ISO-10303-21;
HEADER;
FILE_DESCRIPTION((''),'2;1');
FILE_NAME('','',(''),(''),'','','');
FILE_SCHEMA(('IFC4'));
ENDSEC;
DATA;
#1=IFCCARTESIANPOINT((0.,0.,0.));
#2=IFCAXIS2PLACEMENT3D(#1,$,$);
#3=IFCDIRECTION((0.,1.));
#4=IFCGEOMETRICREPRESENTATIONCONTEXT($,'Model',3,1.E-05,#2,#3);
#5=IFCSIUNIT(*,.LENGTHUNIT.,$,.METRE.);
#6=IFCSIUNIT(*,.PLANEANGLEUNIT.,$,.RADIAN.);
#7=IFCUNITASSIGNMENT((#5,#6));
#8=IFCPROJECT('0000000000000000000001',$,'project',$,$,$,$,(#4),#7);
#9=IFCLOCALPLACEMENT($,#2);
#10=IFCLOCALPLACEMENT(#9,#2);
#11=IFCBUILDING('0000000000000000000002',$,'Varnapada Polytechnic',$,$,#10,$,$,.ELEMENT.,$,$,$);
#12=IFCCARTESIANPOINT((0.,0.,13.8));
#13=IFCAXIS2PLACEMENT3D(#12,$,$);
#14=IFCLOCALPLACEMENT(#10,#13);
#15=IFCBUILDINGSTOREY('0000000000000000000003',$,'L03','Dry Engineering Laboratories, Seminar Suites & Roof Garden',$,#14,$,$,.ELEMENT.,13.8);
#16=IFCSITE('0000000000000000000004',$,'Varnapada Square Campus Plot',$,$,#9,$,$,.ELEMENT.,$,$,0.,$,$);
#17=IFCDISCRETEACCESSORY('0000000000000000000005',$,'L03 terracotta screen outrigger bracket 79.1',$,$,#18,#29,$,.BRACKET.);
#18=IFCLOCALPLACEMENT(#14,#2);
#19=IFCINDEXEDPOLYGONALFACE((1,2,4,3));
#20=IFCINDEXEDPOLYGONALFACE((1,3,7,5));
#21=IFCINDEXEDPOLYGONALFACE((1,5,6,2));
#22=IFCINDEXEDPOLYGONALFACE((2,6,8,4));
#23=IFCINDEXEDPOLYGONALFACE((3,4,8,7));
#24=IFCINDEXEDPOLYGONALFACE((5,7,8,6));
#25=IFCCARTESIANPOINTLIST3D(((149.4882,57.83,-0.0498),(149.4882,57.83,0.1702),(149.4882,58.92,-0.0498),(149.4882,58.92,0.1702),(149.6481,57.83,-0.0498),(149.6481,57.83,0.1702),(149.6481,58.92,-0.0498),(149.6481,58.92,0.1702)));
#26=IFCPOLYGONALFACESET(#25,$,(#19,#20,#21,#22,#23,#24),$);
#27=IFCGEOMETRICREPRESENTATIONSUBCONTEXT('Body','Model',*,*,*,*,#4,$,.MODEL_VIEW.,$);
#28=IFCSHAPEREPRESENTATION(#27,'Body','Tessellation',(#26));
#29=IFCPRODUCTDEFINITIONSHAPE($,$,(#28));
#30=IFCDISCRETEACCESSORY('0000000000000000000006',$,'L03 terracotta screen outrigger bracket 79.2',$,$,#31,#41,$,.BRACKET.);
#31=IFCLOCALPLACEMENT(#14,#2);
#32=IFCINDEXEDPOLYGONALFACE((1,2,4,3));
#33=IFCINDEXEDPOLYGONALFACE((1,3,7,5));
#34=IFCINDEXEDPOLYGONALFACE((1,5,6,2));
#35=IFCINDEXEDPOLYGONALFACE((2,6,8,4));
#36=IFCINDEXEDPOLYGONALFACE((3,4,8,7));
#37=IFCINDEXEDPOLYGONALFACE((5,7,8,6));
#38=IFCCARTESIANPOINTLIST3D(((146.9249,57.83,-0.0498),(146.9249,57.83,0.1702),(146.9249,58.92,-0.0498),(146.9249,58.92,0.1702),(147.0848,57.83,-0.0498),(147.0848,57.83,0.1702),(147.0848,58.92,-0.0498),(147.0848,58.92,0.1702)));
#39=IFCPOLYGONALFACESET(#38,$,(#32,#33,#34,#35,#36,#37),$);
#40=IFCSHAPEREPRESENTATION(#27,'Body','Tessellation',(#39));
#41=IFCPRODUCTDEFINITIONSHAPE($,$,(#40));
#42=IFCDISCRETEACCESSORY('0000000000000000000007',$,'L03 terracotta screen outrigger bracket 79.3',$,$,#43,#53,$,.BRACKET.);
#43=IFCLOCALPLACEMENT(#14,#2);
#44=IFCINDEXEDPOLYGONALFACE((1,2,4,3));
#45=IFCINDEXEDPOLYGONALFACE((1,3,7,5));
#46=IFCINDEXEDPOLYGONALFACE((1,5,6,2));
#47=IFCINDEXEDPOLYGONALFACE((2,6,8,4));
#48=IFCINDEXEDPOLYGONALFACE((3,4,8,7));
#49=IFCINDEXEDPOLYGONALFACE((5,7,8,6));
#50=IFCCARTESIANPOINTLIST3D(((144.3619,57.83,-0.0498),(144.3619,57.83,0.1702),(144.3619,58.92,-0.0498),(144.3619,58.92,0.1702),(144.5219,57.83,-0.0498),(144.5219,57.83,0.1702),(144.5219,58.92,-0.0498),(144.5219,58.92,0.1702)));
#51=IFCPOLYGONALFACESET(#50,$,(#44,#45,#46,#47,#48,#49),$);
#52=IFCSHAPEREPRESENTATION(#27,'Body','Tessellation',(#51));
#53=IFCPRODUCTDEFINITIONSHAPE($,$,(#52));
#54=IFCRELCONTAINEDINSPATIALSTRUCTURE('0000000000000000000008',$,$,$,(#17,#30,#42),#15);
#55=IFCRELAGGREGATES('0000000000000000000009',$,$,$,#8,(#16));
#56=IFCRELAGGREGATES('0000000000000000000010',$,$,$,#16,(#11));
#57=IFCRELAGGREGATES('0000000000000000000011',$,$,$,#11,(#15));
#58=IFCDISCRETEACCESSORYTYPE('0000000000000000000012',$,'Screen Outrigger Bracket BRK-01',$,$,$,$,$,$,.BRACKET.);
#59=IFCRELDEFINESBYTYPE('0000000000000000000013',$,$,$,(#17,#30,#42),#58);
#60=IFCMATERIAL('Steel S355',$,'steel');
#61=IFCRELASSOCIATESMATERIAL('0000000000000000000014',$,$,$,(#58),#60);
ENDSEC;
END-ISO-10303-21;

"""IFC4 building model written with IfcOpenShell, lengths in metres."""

from ifc_helpers import new_model, si_unit, direction, frame, origin, origin_2d, place, context, subcontext, project, spatial, rectangle, extrude, material, type_object, element, save


model = new_model("IFC4")

# Units and contexts
model_context = context("Model", 3, precision=1e-05, world=origin(), true_north=direction((0.0, 1.0)))
body_context = subcontext(model_context, "Body", "Model", "MODEL_VIEW")
ifc_project = project(units=[si_unit("LENGTHUNIT", "METRE"), si_unit("PLANEANGLEUNIT", "RADIAN")], contexts=[model_context])

# Site, building, storey
site_placement = place(None, origin())
site = spatial("IfcSite", under=ifc_project, at=site_placement, Name="Varnapada Square Campus Plot", CompositionType="ELEMENT", RefElevation=0.0)
building_placement = place(site_placement, origin())
building = spatial("IfcBuilding", under=site, at=building_placement, Name="Varnapada Polytechnic", CompositionType="ELEMENT")
storey_placement = place(building_placement, frame((0.0, 0.0, 13.8)))
storey = spatial("IfcBuildingStorey", under=building, at=storey_placement, Name="L03", Description="Dry Engineering Laboratories, Seminar Suites & Roof Garden", CompositionType="ELEMENT", Elevation=13.8)

# Shared definitions
ifc_material_1 = material(Name="Steel S355", Category="steel")

# Discrete accessories
discrete_accessory_type = type_object("IfcDiscreteAccessoryType", Name="Screen Outrigger Bracket BRK-01", PredefinedType="BRACKET", material=ifc_material_1)
for number, where, z_axis, x_axis, name in (
    (1, (149.5681, 58.375, -0.0498), (0.0, 0.0, 1.0), (-1.0, 0.0, 0.0), "L03 terracotta screen outrigger bracket 79.1"),
    (2, (147.0049, 58.375, -0.0498), (0.0, 0.0, 1.0), (-1.0, 0.0, 0.0), "L03 terracotta screen outrigger bracket 79.2"),
    (3, (144.4419, 58.375, -0.0498), (0.0, 0.0, 1.0), (-1.0, 0.0, 0.0), "L03 terracotta screen outrigger bracket 79.3"),
):
    element("IfcDiscreteAccessory", number, at=place(storey_placement, frame(where, z_axis=z_axis, x_axis=x_axis)), inside=storey, type_object=discrete_accessory_type, Name=name, PredefinedType="BRACKET", context=body_context, shape_type="SweptSolid", body=[
        extrude(rectangle(XDim=0.1599, YDim=1.0901, at=origin_2d()), origin(), (0.0, 0.0, 1.0), 0.22),
    ])

save(model, "model.ifc")
